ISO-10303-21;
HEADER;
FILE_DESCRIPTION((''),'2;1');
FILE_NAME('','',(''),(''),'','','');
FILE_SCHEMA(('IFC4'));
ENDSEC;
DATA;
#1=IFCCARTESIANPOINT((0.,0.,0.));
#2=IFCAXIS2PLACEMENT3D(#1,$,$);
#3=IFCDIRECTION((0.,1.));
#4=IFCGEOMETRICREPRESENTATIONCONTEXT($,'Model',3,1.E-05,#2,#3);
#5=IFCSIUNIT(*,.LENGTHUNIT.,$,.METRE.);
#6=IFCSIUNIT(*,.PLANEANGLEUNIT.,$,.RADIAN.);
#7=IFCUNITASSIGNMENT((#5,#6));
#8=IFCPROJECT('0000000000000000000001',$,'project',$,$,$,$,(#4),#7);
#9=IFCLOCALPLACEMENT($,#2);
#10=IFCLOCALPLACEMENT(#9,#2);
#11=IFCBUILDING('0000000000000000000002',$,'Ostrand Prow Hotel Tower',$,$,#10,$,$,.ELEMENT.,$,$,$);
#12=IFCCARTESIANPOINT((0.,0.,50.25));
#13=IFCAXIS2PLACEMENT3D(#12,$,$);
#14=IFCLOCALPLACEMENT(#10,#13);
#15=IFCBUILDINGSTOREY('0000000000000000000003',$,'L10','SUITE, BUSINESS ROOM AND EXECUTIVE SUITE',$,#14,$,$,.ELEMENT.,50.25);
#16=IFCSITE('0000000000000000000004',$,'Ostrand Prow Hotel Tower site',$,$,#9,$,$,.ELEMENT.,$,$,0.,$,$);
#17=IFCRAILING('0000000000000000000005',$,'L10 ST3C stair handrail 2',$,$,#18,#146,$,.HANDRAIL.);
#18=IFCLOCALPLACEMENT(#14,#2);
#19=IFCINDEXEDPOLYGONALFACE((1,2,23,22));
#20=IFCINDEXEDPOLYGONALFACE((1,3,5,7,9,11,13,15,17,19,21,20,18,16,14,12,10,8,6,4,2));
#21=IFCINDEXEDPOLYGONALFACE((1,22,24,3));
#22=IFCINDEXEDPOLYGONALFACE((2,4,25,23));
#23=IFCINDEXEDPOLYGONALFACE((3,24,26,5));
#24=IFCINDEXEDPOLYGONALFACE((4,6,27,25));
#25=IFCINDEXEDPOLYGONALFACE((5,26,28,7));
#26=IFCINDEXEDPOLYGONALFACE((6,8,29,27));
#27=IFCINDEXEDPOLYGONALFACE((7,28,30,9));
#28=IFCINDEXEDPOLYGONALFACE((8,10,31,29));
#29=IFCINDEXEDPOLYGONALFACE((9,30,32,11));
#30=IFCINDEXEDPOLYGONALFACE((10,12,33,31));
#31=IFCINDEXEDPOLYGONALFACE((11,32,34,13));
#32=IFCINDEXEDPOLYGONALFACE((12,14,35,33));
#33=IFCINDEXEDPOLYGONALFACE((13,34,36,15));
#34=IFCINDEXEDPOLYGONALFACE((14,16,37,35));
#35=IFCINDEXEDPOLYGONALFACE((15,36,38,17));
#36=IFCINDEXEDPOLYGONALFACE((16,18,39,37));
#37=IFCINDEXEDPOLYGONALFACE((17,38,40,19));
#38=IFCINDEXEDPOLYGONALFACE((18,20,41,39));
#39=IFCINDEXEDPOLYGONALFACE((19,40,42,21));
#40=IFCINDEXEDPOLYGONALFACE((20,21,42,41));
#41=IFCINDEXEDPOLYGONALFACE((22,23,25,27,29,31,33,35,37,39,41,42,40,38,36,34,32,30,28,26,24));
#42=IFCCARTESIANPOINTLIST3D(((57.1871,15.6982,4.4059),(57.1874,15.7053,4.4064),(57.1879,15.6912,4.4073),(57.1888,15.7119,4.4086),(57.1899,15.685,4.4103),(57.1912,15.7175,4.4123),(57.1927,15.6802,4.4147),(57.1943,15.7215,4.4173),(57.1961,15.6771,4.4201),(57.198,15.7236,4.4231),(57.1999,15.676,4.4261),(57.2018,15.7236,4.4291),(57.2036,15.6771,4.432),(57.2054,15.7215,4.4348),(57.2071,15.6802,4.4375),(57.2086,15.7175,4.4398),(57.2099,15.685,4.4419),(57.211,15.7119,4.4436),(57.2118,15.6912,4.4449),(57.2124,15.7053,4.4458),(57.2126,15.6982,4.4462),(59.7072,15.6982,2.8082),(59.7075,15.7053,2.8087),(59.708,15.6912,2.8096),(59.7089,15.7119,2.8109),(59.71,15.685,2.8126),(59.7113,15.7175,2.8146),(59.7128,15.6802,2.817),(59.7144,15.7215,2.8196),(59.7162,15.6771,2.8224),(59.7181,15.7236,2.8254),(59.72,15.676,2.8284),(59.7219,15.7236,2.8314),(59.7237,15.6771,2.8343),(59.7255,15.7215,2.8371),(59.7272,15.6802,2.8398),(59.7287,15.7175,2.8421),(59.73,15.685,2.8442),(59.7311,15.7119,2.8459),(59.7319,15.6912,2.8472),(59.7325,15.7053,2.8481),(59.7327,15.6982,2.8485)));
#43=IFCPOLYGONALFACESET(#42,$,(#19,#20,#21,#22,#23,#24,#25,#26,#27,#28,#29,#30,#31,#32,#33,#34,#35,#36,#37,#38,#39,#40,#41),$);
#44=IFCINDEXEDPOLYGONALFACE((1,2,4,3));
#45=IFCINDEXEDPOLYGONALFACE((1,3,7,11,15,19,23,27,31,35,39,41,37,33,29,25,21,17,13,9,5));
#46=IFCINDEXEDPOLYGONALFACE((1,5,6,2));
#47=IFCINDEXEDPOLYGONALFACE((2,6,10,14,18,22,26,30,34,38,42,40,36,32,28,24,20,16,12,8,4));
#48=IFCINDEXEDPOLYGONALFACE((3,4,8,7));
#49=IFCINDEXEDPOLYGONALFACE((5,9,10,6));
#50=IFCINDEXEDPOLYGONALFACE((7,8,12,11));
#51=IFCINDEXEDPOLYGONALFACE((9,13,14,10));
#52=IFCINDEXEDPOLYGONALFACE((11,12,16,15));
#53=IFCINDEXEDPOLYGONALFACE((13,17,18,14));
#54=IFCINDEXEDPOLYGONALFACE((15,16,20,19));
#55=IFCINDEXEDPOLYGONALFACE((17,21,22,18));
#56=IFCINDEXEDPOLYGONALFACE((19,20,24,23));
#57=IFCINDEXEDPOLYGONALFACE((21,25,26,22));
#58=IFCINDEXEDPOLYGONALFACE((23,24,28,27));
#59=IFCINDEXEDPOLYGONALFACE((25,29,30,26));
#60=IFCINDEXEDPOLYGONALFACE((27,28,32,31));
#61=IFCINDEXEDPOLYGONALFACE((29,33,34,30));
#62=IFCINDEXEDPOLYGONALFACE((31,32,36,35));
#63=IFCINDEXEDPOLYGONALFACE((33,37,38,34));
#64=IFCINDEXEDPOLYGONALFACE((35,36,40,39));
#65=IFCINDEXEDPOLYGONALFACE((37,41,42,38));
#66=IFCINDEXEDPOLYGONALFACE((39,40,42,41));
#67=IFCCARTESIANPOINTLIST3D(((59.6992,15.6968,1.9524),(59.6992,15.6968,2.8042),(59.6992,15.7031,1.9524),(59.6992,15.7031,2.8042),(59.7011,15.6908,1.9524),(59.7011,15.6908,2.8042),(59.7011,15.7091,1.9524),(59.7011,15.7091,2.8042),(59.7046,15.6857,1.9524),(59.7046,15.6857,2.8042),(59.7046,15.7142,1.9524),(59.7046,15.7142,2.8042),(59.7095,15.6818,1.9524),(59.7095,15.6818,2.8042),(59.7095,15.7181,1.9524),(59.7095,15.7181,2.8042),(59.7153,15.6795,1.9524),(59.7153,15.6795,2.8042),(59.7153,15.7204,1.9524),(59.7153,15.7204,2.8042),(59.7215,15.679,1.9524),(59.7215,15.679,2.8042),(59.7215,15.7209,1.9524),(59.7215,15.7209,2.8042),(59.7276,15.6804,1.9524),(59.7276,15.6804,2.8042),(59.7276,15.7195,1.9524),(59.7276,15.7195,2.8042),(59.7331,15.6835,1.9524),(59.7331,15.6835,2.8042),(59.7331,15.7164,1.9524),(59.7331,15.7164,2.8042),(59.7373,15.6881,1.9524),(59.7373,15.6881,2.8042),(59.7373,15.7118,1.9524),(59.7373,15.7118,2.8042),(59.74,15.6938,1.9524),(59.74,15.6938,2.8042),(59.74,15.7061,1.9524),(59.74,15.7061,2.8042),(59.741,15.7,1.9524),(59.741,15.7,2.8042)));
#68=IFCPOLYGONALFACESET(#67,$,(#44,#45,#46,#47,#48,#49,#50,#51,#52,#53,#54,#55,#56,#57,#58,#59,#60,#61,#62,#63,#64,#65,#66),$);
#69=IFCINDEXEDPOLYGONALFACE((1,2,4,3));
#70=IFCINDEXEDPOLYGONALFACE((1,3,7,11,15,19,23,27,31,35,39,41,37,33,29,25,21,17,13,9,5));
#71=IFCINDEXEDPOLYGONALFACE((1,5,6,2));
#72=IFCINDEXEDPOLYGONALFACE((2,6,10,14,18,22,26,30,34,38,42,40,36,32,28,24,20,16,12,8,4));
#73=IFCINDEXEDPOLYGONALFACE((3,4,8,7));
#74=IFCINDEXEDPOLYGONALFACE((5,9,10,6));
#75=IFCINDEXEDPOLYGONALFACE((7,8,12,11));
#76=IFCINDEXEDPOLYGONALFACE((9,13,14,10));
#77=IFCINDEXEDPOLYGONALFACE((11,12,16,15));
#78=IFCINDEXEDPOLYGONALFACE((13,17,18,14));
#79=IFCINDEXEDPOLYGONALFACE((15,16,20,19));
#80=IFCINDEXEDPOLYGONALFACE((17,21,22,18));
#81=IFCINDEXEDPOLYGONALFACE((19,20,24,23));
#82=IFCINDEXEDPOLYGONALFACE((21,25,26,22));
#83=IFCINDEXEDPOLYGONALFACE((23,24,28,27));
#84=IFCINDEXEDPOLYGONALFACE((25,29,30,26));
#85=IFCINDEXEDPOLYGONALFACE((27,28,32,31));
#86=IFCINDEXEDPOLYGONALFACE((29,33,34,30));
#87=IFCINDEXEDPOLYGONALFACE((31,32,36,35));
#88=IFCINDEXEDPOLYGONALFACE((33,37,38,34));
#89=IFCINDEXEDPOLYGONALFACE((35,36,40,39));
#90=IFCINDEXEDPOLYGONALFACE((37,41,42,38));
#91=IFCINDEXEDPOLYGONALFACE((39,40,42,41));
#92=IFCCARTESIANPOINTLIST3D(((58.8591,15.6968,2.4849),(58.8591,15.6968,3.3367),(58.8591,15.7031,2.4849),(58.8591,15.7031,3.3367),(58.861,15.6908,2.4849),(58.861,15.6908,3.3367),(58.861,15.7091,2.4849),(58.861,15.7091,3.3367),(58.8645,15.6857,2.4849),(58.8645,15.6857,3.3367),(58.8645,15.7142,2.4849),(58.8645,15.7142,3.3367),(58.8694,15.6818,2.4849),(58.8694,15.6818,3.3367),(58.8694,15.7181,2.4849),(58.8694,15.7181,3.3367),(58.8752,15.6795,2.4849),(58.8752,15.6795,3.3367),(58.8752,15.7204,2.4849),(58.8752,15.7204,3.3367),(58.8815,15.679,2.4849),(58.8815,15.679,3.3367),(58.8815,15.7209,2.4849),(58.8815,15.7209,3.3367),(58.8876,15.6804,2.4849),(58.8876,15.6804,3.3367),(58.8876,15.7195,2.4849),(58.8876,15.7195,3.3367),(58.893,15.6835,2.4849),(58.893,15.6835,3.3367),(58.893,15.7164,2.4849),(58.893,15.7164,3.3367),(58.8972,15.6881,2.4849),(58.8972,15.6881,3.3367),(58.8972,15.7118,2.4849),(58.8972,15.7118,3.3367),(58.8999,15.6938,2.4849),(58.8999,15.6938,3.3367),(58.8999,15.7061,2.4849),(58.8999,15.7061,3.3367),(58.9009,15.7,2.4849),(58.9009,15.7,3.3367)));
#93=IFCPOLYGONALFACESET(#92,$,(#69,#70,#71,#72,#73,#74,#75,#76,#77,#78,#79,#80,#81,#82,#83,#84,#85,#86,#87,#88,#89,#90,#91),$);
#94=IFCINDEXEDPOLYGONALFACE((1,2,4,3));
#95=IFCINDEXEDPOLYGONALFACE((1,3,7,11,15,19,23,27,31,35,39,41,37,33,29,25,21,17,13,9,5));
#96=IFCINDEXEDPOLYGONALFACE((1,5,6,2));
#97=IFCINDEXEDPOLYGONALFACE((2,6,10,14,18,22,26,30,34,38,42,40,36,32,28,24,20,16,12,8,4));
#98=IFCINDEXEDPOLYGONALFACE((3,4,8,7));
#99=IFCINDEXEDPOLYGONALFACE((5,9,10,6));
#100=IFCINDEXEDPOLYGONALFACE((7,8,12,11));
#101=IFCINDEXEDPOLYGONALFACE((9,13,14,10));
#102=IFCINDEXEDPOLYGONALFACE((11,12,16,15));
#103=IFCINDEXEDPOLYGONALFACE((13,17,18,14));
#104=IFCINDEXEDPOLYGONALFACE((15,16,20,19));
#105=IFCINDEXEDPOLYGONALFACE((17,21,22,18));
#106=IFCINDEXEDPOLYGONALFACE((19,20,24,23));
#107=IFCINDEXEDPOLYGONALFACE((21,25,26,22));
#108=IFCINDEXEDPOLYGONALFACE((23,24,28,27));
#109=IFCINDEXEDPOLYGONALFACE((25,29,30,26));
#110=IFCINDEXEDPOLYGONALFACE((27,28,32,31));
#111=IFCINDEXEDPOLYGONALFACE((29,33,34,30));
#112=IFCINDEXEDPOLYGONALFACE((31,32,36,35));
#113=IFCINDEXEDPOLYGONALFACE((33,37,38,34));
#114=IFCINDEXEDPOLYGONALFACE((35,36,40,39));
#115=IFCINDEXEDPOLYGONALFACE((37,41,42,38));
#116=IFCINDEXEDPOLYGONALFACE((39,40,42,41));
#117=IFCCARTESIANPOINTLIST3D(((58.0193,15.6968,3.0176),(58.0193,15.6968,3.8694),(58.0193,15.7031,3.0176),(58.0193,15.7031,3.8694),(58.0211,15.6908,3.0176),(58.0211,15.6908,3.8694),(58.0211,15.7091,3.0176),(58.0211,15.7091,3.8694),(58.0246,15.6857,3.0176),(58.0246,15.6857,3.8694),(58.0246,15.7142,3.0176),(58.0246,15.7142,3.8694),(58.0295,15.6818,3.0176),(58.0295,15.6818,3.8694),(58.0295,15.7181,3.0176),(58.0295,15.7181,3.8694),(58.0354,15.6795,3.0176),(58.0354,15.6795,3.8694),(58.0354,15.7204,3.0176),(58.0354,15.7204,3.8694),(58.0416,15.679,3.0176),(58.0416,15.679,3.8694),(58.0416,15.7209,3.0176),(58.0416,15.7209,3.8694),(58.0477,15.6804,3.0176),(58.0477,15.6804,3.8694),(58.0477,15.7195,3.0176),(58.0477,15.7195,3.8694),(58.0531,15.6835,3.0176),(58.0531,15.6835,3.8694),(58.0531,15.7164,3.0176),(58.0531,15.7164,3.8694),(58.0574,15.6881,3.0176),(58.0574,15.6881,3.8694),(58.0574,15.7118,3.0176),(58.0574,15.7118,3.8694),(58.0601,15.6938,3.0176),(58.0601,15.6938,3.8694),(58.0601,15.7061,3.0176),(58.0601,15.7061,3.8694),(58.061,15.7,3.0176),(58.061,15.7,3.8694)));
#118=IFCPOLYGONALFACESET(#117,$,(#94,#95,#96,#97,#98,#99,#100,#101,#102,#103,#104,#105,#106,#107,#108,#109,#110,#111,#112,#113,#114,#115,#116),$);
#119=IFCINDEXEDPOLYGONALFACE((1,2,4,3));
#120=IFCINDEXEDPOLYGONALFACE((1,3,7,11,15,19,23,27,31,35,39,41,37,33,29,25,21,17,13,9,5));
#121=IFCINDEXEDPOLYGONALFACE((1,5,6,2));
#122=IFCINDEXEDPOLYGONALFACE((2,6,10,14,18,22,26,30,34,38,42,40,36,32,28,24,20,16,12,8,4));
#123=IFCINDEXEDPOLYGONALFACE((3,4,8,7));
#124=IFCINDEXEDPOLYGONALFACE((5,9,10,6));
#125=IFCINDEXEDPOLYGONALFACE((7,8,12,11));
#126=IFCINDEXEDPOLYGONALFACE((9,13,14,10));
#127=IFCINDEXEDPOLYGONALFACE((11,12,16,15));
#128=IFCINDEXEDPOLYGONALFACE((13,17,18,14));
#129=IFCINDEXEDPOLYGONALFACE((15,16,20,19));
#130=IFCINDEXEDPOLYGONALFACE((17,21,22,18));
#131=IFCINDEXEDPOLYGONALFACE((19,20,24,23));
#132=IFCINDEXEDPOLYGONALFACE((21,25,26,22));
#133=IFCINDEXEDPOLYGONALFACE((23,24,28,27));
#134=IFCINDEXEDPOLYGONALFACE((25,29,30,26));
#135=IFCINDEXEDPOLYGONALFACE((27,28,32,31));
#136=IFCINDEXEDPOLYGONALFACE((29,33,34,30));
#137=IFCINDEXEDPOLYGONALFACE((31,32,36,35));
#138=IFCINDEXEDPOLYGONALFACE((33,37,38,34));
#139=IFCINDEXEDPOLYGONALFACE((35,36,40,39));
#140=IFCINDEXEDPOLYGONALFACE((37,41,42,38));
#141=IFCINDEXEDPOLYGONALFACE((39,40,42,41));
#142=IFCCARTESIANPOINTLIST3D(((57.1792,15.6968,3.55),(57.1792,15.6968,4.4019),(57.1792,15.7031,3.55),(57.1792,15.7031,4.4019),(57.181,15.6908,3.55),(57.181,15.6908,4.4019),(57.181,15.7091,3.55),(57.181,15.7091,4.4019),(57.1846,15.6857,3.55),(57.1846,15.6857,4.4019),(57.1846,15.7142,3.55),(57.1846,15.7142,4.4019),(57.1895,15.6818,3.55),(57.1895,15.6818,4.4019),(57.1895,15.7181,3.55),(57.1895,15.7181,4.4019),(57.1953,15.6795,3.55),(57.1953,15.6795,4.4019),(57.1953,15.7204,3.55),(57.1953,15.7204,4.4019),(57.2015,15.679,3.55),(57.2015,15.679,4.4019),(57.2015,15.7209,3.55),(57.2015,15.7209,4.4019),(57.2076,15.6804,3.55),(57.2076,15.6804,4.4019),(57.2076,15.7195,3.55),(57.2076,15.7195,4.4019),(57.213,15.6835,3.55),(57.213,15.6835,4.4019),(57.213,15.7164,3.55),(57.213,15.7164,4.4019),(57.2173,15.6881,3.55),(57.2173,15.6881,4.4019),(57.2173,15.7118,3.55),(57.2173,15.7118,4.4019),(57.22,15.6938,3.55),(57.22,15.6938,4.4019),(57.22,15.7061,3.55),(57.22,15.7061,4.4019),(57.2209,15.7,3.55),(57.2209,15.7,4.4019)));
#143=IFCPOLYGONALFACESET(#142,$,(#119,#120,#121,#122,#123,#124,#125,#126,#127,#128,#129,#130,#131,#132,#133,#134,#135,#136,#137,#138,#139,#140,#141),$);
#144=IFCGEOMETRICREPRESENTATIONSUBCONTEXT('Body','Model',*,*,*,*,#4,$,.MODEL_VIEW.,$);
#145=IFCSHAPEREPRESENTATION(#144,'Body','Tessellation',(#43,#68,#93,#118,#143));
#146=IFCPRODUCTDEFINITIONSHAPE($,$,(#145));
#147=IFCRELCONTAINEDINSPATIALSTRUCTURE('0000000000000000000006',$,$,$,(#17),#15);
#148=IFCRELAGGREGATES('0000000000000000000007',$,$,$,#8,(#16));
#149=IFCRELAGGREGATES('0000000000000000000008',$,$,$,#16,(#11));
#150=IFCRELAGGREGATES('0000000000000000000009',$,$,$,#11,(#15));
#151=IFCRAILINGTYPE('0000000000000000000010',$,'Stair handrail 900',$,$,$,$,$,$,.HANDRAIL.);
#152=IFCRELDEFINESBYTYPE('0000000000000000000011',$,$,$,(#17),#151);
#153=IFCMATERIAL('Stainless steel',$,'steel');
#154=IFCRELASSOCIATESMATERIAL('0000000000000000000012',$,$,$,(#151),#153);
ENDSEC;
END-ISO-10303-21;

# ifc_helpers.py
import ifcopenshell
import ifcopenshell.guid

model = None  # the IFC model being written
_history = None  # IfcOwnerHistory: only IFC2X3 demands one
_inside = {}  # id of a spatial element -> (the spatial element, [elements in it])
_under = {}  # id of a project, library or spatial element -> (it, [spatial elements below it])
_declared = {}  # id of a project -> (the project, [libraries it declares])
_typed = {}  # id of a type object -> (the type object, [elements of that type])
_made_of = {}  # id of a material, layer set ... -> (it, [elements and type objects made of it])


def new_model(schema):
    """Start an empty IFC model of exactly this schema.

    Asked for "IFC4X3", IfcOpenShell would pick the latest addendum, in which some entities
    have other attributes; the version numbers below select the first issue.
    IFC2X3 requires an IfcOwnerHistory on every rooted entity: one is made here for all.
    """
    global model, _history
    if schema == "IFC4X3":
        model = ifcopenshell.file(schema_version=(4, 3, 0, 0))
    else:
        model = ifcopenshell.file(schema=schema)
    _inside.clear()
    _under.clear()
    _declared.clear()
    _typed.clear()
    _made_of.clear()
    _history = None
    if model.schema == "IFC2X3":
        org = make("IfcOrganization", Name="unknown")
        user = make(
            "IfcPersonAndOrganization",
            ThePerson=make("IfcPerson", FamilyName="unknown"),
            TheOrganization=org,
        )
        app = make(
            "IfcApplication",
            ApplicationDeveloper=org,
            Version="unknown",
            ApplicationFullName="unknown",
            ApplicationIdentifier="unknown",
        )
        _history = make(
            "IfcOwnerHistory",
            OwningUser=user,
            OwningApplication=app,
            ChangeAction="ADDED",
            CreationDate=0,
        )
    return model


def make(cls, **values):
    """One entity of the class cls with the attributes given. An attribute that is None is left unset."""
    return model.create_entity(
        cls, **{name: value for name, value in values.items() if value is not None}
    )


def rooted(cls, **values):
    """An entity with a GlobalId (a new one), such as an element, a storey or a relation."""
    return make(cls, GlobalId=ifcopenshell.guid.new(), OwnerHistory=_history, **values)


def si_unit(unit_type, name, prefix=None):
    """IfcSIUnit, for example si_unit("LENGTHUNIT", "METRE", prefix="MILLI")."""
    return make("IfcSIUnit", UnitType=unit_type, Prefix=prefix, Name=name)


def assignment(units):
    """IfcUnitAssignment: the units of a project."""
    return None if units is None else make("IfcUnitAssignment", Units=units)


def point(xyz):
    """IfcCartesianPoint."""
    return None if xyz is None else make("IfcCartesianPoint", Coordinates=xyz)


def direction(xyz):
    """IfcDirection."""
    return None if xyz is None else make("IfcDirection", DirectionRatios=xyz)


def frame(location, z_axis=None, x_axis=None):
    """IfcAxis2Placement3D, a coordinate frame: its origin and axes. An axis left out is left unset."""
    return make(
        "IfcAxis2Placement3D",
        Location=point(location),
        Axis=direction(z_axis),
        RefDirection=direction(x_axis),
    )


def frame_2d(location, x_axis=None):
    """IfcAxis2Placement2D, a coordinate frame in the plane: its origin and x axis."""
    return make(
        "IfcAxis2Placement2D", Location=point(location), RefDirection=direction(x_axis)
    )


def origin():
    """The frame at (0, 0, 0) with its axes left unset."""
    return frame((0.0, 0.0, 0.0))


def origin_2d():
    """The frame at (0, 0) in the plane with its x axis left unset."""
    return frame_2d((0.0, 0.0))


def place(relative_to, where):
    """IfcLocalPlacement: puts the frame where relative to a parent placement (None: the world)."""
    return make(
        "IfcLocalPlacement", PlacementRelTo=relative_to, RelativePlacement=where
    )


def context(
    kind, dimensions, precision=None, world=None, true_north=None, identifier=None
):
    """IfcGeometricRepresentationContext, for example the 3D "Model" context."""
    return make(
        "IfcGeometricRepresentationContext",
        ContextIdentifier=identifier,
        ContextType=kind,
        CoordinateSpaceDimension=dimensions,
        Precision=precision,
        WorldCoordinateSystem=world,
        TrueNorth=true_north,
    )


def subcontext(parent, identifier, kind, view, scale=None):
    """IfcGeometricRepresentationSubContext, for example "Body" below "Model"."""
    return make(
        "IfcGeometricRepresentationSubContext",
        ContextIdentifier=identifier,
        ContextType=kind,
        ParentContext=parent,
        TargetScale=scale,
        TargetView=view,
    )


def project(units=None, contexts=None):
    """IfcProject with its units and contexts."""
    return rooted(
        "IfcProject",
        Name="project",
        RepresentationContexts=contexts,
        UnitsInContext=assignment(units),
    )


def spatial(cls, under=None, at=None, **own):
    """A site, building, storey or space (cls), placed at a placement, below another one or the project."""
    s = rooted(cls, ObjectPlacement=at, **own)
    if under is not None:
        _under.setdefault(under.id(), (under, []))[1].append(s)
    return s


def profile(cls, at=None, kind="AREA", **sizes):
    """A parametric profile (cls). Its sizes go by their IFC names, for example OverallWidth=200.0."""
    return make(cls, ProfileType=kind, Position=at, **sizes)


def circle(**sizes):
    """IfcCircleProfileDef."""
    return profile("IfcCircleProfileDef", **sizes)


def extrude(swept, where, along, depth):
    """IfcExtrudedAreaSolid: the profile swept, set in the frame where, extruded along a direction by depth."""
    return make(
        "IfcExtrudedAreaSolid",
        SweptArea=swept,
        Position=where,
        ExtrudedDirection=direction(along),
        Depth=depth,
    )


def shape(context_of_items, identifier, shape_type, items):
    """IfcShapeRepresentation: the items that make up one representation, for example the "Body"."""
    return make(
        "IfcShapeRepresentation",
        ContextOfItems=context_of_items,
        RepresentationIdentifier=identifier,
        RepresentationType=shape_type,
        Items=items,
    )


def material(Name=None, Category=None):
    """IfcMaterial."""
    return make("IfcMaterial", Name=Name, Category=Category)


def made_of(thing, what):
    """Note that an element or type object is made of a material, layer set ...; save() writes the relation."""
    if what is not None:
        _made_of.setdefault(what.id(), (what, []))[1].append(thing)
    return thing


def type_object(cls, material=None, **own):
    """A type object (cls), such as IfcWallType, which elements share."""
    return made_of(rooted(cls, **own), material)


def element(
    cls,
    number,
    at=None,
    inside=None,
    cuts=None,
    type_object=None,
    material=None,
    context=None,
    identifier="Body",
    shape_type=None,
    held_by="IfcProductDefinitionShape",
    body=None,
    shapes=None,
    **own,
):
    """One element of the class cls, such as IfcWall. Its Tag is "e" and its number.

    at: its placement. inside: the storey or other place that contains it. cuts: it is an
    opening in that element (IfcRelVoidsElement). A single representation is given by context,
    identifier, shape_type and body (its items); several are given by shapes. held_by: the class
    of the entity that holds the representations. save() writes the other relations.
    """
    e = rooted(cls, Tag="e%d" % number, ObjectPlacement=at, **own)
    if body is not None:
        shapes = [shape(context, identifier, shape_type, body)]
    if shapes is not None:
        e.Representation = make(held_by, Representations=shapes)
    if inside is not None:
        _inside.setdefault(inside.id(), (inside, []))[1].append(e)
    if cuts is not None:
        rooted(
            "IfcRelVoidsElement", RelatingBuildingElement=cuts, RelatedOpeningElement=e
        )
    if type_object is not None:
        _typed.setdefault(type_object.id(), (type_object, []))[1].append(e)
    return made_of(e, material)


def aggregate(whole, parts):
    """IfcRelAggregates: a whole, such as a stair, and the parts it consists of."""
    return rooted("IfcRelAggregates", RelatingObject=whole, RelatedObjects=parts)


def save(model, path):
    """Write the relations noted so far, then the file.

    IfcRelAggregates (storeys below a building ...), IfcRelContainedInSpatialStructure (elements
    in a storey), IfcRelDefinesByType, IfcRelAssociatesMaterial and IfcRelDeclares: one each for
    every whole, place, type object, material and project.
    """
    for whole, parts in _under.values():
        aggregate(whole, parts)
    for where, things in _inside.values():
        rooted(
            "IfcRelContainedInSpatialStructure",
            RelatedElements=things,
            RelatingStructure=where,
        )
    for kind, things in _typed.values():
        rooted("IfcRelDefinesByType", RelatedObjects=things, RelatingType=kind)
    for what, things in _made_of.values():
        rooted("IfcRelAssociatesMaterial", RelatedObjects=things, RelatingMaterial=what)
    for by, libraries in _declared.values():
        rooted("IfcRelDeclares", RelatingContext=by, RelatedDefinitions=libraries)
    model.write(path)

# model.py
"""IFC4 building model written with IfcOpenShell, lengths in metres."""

from ifc_helpers import new_model, si_unit, direction, frame, origin, origin_2d, place, context, subcontext, project, spatial, circle, extrude, material, type_object, element, save


model = new_model("IFC4")

# Units and contexts
model_context = context("Model", 3, precision=1e-05, world=origin(), true_north=direction((0.0, 1.0)))
body_context = subcontext(model_context, "Body", "Model", "MODEL_VIEW")
ifc_project = project(units=[si_unit("LENGTHUNIT", "METRE"), si_unit("PLANEANGLEUNIT", "RADIAN")], contexts=[model_context])

# Site, building, storey
site_placement = place(None, origin())
site = spatial("IfcSite", under=ifc_project, at=site_placement, Name="Ostrand Prow Hotel Tower site", CompositionType="ELEMENT", RefElevation=0.0)
building_placement = place(site_placement, origin())
building = spatial("IfcBuilding", under=site, at=building_placement, Name="Ostrand Prow Hotel Tower", CompositionType="ELEMENT")
storey_placement = place(building_placement, frame((0.0, 0.0, 50.25)))
storey = spatial("IfcBuildingStorey", under=building, at=storey_placement, Name="L10", Description="SUITE, BUSINESS ROOM AND EXECUTIVE SUITE", CompositionType="ELEMENT", Elevation=50.25)

# Railing
ifc_material_1 = material(Name="Stainless steel", Category="steel")
railing_type_1 = type_object("IfcRailingType", Name="Stair handrail 900", PredefinedType="HANDRAIL", material=ifc_material_1)
railing_1_placement = place(storey_placement, frame((59.72, 15.7, 1.9524)))
element("IfcRailing", 1, at=railing_1_placement, inside=storey, type_object=railing_type_1, Name="L10 ST3C stair handrail 2", PredefinedType="HANDRAIL", context=body_context, shape_type="SweptSolid", body=[
    extrude(circle(Radius=0.0239, at=origin_2d()), frame((0.0, 0.0, 0.876), z_axis=(-0.84457, 0.0, 0.535445), x_axis=(0.0, -1.0, 0.0)), (0.0, 0.0, 1.0), 2.9839),
    extrude(circle(Radius=0.021, at=origin_2d()), origin(), (0.0, 0.0, 1.0), 0.8518),
    extrude(circle(Radius=0.021, at=origin_2d()), frame((-0.8401, 0.0, 0.5325)), (0.0, 0.0, 1.0), 0.8518),
    extrude(circle(Radius=0.021, at=origin_2d()), frame((-1.6799, 0.0, 1.0652)), (0.0, 0.0, 1.0), 0.8518),
    extrude(circle(Radius=0.021, at=origin_2d()), frame((-2.52, 0.0, 1.5977)), (0.0, 0.0, 1.0), 0.8518),
])

save(model, "model.ifc")
